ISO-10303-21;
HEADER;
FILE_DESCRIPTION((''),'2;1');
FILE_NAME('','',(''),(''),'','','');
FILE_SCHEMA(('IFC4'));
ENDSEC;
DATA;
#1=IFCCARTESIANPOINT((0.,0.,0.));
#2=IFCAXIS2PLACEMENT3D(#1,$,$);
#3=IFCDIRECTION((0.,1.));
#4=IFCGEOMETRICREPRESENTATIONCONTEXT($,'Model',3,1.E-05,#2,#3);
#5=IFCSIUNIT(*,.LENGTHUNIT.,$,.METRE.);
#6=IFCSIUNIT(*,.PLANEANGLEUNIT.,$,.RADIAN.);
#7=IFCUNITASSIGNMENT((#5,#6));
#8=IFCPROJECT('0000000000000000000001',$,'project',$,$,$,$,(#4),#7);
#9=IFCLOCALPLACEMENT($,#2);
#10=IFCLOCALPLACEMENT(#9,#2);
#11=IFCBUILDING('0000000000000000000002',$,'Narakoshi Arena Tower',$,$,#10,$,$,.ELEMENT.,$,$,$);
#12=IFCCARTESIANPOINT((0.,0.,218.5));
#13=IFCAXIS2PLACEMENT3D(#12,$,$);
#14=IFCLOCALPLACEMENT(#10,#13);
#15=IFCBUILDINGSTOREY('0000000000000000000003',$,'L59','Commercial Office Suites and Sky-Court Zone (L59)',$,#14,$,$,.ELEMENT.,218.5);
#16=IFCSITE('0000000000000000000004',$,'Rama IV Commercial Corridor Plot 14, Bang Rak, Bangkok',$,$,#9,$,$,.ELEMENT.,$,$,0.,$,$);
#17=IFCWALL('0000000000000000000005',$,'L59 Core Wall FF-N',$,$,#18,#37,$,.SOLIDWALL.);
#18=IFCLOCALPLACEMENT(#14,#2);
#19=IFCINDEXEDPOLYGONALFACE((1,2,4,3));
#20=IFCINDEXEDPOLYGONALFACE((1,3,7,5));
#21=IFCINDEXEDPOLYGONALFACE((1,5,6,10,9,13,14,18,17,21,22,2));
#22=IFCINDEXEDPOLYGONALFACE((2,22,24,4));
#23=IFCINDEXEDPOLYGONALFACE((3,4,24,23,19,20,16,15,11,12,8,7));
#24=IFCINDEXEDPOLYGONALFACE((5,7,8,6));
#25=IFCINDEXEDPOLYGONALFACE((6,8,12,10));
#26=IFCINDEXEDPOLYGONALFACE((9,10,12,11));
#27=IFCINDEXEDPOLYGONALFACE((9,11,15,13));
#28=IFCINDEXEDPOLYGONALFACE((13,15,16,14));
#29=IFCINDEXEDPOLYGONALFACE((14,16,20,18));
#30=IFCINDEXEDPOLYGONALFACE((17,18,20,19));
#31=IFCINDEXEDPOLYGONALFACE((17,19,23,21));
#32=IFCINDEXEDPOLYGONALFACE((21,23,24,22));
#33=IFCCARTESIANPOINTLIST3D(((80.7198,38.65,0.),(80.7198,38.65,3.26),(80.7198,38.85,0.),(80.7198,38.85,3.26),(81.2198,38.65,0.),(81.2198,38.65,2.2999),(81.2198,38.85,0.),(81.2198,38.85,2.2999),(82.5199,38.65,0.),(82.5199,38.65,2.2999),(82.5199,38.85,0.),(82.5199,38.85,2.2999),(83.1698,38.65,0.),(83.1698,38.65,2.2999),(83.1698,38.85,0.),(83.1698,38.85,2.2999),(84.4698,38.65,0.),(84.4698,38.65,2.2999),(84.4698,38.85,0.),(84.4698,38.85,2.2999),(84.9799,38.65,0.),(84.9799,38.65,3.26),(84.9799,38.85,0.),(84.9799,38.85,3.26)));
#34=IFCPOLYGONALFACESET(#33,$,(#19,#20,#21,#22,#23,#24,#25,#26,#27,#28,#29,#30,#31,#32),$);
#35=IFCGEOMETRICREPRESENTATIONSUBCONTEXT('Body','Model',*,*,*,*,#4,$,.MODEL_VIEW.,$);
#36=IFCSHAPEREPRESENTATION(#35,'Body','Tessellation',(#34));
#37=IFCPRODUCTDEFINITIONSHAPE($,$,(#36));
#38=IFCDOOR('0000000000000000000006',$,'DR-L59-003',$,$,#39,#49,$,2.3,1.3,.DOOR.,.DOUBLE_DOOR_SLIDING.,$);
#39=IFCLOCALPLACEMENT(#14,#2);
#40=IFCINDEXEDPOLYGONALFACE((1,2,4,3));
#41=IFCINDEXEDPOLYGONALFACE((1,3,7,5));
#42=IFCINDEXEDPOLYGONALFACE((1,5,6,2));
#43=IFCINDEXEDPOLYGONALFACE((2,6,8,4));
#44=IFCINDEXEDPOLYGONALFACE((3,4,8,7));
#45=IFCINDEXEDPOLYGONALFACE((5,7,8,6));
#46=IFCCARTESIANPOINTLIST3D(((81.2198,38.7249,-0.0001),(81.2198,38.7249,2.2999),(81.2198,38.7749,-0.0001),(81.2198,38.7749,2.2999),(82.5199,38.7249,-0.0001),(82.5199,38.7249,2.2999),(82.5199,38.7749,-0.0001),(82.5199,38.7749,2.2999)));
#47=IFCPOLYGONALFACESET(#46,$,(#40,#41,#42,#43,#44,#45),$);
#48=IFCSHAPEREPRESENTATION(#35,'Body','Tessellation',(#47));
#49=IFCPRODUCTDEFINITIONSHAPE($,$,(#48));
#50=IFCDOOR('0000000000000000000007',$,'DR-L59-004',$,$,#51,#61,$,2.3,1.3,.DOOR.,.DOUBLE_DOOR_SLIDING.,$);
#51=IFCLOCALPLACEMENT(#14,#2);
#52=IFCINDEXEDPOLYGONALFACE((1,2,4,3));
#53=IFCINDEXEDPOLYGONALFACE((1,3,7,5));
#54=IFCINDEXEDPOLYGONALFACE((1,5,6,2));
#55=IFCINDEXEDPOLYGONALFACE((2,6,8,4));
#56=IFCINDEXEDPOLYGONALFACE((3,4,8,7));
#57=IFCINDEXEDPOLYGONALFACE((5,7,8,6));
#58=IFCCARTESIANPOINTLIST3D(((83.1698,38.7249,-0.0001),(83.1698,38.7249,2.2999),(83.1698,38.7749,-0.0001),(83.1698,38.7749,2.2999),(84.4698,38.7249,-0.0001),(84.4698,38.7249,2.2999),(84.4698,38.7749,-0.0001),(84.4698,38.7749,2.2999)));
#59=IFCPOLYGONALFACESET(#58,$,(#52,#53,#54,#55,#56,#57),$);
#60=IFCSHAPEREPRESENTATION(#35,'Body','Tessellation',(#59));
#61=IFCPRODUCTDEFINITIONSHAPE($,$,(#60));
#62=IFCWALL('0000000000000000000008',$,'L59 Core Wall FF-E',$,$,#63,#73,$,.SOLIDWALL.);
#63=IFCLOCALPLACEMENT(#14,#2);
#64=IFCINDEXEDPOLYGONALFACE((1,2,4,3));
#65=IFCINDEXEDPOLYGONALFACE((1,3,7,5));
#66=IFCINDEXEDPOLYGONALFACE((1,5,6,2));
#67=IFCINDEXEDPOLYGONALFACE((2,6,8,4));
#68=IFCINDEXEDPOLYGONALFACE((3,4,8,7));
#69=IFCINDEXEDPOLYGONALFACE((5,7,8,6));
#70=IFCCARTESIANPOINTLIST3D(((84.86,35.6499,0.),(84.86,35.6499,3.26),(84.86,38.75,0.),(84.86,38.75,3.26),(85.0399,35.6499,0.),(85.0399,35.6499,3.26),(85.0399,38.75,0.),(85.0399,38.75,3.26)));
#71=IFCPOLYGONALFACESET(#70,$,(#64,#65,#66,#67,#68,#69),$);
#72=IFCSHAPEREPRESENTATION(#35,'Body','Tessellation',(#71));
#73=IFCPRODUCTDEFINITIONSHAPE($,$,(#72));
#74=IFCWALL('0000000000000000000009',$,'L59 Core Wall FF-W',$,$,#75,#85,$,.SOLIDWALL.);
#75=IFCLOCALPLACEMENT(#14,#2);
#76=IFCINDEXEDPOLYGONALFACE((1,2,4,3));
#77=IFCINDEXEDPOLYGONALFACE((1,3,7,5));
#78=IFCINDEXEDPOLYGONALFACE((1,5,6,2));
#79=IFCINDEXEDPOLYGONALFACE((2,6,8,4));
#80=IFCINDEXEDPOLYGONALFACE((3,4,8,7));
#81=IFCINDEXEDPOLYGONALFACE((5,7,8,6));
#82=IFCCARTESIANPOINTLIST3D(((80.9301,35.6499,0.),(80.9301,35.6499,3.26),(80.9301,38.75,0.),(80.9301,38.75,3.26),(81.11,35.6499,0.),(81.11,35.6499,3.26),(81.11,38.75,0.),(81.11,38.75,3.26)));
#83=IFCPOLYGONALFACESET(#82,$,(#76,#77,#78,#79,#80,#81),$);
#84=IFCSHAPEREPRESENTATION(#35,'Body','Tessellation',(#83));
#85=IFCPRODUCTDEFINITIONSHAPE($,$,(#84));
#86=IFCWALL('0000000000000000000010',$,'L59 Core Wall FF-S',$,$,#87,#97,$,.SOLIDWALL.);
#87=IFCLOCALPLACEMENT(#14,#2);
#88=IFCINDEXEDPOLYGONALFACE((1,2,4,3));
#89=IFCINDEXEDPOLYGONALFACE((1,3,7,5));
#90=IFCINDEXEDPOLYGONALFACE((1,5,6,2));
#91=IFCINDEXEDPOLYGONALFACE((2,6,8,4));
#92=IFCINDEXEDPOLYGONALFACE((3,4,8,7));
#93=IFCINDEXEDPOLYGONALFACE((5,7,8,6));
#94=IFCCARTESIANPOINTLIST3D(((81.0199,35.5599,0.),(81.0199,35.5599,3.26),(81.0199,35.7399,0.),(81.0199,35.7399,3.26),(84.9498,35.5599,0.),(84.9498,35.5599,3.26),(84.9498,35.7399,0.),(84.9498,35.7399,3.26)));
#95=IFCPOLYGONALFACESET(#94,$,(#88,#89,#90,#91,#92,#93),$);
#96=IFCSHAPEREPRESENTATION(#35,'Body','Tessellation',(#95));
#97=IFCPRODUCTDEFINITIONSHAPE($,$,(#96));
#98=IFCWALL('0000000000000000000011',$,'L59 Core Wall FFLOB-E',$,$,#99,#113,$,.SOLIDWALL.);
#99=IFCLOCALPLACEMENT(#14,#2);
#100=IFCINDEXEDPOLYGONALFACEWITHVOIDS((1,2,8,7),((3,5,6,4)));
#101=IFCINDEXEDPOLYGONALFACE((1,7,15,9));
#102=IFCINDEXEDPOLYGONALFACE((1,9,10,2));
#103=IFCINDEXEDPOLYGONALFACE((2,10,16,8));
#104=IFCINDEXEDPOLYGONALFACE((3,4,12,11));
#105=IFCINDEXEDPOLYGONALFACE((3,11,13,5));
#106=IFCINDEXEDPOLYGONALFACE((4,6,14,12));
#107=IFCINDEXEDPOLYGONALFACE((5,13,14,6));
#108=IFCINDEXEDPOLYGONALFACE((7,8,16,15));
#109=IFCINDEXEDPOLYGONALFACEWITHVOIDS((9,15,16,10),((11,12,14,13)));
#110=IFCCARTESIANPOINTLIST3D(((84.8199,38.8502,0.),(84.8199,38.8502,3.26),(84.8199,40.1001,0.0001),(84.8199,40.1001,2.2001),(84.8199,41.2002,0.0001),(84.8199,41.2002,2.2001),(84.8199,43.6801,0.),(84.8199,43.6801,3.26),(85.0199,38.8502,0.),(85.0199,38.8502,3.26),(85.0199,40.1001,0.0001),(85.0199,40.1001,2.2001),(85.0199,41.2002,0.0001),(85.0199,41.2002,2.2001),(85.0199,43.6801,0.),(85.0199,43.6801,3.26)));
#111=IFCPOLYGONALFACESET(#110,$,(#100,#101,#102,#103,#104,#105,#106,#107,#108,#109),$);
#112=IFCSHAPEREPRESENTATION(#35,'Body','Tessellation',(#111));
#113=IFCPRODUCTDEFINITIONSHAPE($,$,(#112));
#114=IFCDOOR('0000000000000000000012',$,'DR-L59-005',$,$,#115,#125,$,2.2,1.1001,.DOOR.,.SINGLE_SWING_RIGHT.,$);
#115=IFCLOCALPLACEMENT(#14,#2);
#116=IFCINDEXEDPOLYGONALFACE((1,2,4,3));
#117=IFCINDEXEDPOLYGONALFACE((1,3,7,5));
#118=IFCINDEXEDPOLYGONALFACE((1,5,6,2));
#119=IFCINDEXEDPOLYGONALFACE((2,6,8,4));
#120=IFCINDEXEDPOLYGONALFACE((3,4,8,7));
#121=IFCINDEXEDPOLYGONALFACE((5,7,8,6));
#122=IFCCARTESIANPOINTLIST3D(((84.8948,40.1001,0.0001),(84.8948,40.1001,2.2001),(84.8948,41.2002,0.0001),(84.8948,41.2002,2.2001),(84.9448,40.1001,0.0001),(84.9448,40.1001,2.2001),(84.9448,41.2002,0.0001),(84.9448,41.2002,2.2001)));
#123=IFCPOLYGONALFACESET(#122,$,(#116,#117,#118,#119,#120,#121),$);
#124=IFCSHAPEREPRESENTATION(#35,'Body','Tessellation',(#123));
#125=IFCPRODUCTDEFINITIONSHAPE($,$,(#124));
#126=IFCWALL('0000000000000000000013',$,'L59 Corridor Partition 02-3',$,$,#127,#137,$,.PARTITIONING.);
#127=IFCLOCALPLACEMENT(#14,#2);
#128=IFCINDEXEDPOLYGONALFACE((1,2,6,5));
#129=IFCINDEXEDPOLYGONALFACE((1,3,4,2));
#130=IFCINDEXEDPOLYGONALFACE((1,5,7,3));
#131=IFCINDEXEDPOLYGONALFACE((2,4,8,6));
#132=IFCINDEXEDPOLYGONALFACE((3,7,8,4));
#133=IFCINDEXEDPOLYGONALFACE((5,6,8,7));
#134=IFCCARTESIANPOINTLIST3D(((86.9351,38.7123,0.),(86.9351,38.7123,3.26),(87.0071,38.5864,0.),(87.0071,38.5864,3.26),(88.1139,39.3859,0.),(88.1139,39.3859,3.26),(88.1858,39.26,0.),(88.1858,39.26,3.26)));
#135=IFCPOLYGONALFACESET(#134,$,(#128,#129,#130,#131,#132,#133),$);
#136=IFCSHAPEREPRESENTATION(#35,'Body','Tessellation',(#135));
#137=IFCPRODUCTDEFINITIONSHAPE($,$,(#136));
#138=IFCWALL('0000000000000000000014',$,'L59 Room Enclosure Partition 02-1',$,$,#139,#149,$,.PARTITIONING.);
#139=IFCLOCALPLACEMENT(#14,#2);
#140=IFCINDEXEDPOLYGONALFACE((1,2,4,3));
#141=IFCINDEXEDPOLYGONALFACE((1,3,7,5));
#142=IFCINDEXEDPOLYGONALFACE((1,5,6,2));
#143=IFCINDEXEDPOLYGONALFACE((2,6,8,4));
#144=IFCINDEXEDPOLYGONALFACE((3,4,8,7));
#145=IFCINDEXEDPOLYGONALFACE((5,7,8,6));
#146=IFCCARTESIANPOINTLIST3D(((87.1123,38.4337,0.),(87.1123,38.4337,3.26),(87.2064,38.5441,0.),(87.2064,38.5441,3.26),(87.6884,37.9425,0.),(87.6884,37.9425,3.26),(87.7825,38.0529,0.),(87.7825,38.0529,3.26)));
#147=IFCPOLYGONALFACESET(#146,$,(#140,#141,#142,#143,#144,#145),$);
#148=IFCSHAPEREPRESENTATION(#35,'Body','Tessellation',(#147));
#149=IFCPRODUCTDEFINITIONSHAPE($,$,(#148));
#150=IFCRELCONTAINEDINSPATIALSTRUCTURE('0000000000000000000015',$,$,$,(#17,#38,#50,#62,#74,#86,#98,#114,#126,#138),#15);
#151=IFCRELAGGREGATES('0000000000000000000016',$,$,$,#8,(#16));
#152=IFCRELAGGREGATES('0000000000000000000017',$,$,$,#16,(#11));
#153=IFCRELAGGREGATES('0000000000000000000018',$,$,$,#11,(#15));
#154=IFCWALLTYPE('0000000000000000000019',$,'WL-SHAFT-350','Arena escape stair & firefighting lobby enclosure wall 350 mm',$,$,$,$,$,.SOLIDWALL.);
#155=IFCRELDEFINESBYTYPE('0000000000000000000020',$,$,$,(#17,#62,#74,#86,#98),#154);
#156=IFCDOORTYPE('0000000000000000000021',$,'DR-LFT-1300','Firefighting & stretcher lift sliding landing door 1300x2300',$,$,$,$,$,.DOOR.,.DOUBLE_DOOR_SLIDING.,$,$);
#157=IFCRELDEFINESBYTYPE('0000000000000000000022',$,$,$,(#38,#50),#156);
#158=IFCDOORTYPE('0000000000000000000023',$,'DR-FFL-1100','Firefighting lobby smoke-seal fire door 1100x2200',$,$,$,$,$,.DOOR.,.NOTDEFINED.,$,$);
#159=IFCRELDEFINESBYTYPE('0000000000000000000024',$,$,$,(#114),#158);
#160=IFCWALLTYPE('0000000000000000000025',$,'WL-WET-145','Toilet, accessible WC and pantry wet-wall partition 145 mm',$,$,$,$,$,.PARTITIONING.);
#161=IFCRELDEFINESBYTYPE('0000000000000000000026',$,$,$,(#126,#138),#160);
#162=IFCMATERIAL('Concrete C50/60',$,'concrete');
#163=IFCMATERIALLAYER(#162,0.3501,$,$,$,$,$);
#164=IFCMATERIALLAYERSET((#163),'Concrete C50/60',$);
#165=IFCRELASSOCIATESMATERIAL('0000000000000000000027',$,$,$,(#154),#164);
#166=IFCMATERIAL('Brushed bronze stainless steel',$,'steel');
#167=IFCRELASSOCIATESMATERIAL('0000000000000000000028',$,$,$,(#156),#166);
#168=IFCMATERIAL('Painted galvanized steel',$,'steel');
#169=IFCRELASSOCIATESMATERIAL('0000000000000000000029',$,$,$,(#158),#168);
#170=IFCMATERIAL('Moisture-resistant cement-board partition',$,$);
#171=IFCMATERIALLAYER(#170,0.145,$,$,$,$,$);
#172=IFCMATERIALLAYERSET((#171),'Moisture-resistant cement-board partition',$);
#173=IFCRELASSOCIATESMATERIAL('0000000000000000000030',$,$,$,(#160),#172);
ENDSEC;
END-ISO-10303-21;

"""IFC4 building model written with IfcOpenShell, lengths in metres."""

from ifc_helpers import new_model, si_unit, direction, frame, frame_2d, origin, place, context, subcontext, project, spatial, rectangle, extrude, material, layer, layer_set, type_object, element, fill, save


model = new_model("IFC4")

# Units and contexts
model_context = context("Model", 3, precision=1e-05, world=origin(), true_north=direction((0.0, 1.0)))
body_context = subcontext(model_context, "Body", "Model", "MODEL_VIEW")
ifc_project = project(units=[si_unit("LENGTHUNIT", "METRE"), si_unit("PLANEANGLEUNIT", "RADIAN")], contexts=[model_context])

# Site, building, storey
site_placement = place(None, origin())
site = spatial("IfcSite", under=ifc_project, at=site_placement, Name="Rama IV Commercial Corridor Plot 14, Bang Rak, Bangkok", CompositionType="ELEMENT", RefElevation=0.0)
building_placement = place(site_placement, origin())
building = spatial("IfcBuilding", under=site, at=building_placement, Name="Narakoshi Arena Tower", CompositionType="ELEMENT")
storey_placement = place(building_placement, frame((0.0, 0.0, 218.5)))
storey = spatial("IfcBuildingStorey", under=building, at=storey_placement, Name="L59", Description="Commercial Office Suites and Sky-Court Zone (L59)", CompositionType="ELEMENT", Elevation=218.5)

# Shared definitions
ifc_material_1 = material(Name="Concrete C50/60", Category="concrete")
ifc_layer_1 = layer(ifc_material_1, 0.3501)
ifc_layer_set_1 = layer_set([ifc_layer_1], Name="Concrete C50/60")
wall_type_1 = type_object("IfcWallType", Name="WL-SHAFT-350", Description="Arena escape stair & firefighting lobby enclosure wall 350 mm", PredefinedType="SOLIDWALL", material=ifc_layer_set_1)

# Shared definitions
ifc_material_2 = material(Name="Painted galvanized steel", Category="steel")

# Wall, openings, doors
wall_1_placement = place(storey_placement, frame((80.72, 38.75, 0.0), z_axis=(0.0, 0.0, 1.0), x_axis=(1.0, 0.0, 0.0)))
wall_1 = element("IfcWall", 1, at=wall_1_placement, inside=storey, type_object=wall_type_1, Name="L59 Core Wall FF-N", PredefinedType="SOLIDWALL", context=body_context, shape_type="SweptSolid", body=[
    extrude(rectangle(XDim=4.26, YDim=0.2, at=frame_2d((2.1299, 0.0))), origin(), (0.0, 0.0, 1.0), 3.26),
])
opening_1_placement = place(wall_1_placement, frame((0.5, 0.0, 0.0)))
opening_1 = element("IfcOpeningElement", 2, at=opening_1_placement, cuts=wall_1, PredefinedType="OPENING", context=body_context, shape_type="SweptSolid", body=[
    extrude(rectangle(XDim=1.3, YDim=2.3, at=frame_2d((0.6499, 1.1499))), frame((0.0, 0.1099, 0.0), z_axis=(0.0, -1.0, 0.0), x_axis=(1.0, 0.0, 0.0)), (0.0, 0.0, 1.0), 0.22),
])
opening_2_placement = place(wall_1_placement, frame((2.45, 0.0, 0.0)))
opening_2 = element("IfcOpeningElement", 3, at=opening_2_placement, cuts=wall_1, PredefinedType="OPENING", context=body_context, shape_type="SweptSolid", body=[
    extrude(rectangle(XDim=1.3, YDim=2.3, at=frame_2d((0.6499, 1.1499))), frame((0.0, 0.1099, 0.0), z_axis=(0.0, -1.0, 0.0), x_axis=(1.0, 0.0, 0.0)), (0.0, 0.0, 1.0), 0.22),
])
ifc_material_3 = material(Name="Brushed bronze stainless steel", Category="steel")
door_type_1 = type_object("IfcDoorType", Name="DR-LFT-1300", Description="Firefighting & stretcher lift sliding landing door 1300x2300", OperationType="DOUBLE_DOOR_SLIDING", PredefinedType="DOOR", material=ifc_material_3)
door_1_placement = place(opening_1_placement, origin())
door_1 = element("IfcDoor", 4, at=door_1_placement, inside=storey, type_object=door_type_1, Name="DR-L59-003", OperationType="DOUBLE_DOOR_SLIDING", OverallHeight=2.3, OverallWidth=1.3, PredefinedType="DOOR", context=body_context, shape_type="SweptSolid", body=[
    extrude(rectangle(XDim=1.3, YDim=2.3, at=frame_2d((0.6499, 1.1499))), frame((0.0, 0.0249, 0.0), z_axis=(0.0, -1.0, 0.0), x_axis=(1.0, 0.0, 0.0)), (0.0, 0.0, 1.0), 0.05),
])
fill(opening_1, door_1)
door_2_placement = place(opening_2_placement, origin())
door_2 = element("IfcDoor", 5, at=door_2_placement, inside=storey, type_object=door_type_1, Name="DR-L59-004", OperationType="DOUBLE_DOOR_SLIDING", OverallHeight=2.3, OverallWidth=1.3, PredefinedType="DOOR", context=body_context, shape_type="SweptSolid", body=[
    extrude(rectangle(XDim=1.3, YDim=2.3, at=frame_2d((0.6499, 1.1499))), frame((0.0, 0.0249, 0.0), z_axis=(0.0, -1.0, 0.0), x_axis=(1.0, 0.0, 0.0)), (0.0, 0.0, 1.0), 0.05),
])
fill(opening_2, door_2)

# Walls
for number, where, z_axis, x_axis, name in (
    (6, (84.95, 35.6499, 0.0), (0.0, 0.0, 1.0), (0.0, 1.0, 0.0), "L59 Core Wall FF-E"),
    (7, (81.02, 35.6499, 0.0), (0.0, 0.0, 1.0), (0.0, 1.0, 0.0), "L59 Core Wall FF-W"),
):
    element("IfcWall", number, at=place(storey_placement, frame(where, z_axis=z_axis, x_axis=x_axis)), inside=storey, type_object=wall_type_1, Name=name, PredefinedType="SOLIDWALL", context=body_context, shape_type="SweptSolid", body=[
        extrude(rectangle(XDim=3.1001, YDim=0.1799, at=frame_2d((1.55, 0.0))), origin(), (0.0, 0.0, 1.0), 3.26),
    ])
wall_2_placement = place(storey_placement, frame((81.02, 35.6499, 0.0), z_axis=(0.0, 0.0, 1.0), x_axis=(1.0, 0.0, 0.0)))
element("IfcWall", 8, at=wall_2_placement, inside=storey, type_object=wall_type_1, Name="L59 Core Wall FF-S", PredefinedType="SOLIDWALL", context=body_context, shape_type="SweptSolid", body=[
    extrude(rectangle(XDim=3.9299, YDim=0.1799, at=frame_2d((1.9648, 0.0))), origin(), (0.0, 0.0, 1.0), 3.26),
])

# Wall, opening, door
wall_3_placement = place(storey_placement, frame((84.9199, 38.8501, 0.0), z_axis=(0.0, 0.0, 1.0), x_axis=(0.0, 1.0, 0.0)))
wall_3 = element("IfcWall", 9, at=wall_3_placement, inside=storey, type_object=wall_type_1, Name="L59 Core Wall FFLOB-E", PredefinedType="SOLIDWALL", context=body_context, shape_type="SweptSolid", body=[
    extrude(rectangle(XDim=4.8298, YDim=0.2, at=frame_2d((2.415, 0.0))), origin(), (0.0, 0.0, 1.0), 3.26),
])
opening_3_placement = place(wall_3_placement, frame((1.25, 0.0, 0.0)))
opening_3 = element("IfcOpeningElement", 10, at=opening_3_placement, cuts=wall_3, PredefinedType="OPENING", context=body_context, shape_type="SweptSolid", body=[
    extrude(rectangle(XDim=1.1001, YDim=2.2, at=frame_2d((0.55, 1.1001))), frame((0.0, 0.1099, 0.0), z_axis=(0.0, -1.0, 0.0), x_axis=(1.0, 0.0, 0.0)), (0.0, 0.0, 1.0), 0.22),
])
door_type_2 = type_object("IfcDoorType", Name="DR-FFL-1100", Description="Firefighting lobby smoke-seal fire door 1100x2200", OperationType="NOTDEFINED", PredefinedType="DOOR", material=ifc_material_2)
door_3_placement = place(opening_3_placement, frame((1.1001, 0.0, 0.0), z_axis=(0.0, 0.0, 1.0), x_axis=(-1.0, 0.0, 0.0)))
door_3 = element("IfcDoor", 11, at=door_3_placement, inside=storey, type_object=door_type_2, Name="DR-L59-005", OperationType="SINGLE_SWING_RIGHT", OverallHeight=2.2, OverallWidth=1.1001, PredefinedType="DOOR", context=body_context, shape_type="SweptSolid", body=[
    extrude(rectangle(XDim=1.1001, YDim=2.2, at=frame_2d((0.55, 1.1001))), frame((0.0, 0.0249, 0.0), z_axis=(0.0, -1.0, 0.0), x_axis=(1.0, 0.0, 0.0)), (0.0, 0.0, 1.0), 0.05),
])
fill(opening_3, door_3)

# Walls
ifc_material_4 = material(Name="Moisture-resistant cement-board partition")
ifc_layer_2 = layer(ifc_material_4, 0.145)
ifc_layer_set_2 = layer_set([ifc_layer_2], Name="Moisture-resistant cement-board partition")
wall_type_2 = type_object("IfcWallType", Name="WL-WET-145", Description="Toilet, accessible WC and pantry wet-wall partition 145 mm", PredefinedType="PARTITIONING", material=ifc_layer_set_2)
wall_4_placement = place(storey_placement, frame((86.9712, 38.6494, 0.0), z_axis=(0.0, 0.0, 1.0), x_axis=(0.868232, 0.496158, 0.0)))
element("IfcWall", 12, at=wall_4_placement, inside=storey, type_object=wall_type_2, Name="L59 Corridor Partition 02-3", PredefinedType="PARTITIONING", context=body_context, shape_type="SweptSolid", body=[
    extrude(rectangle(XDim=1.3577, YDim=0.145, at=frame_2d((0.6787, 0.0))), origin(), (0.0, 0.0, 1.0), 3.26),
])
wall_5_placement = place(storey_placement, frame((87.7354, 37.9978, 0.0), z_axis=(0.0, 0.0, 1.0), x_axis=(-0.760984, 0.648771, 0.0)))
element("IfcWall", 13, at=wall_5_placement, inside=storey, type_object=wall_type_2, Name="L59 Room Enclosure Partition 02-1", PredefinedType="PARTITIONING", context=body_context, shape_type="SweptSolid", body=[
    extrude(rectangle(XDim=0.7571, YDim=0.145, at=frame_2d((0.3784, 0.0))), origin(), (0.0, 0.0, 1.0), 3.26),
])

save(model, "model.ifc")
